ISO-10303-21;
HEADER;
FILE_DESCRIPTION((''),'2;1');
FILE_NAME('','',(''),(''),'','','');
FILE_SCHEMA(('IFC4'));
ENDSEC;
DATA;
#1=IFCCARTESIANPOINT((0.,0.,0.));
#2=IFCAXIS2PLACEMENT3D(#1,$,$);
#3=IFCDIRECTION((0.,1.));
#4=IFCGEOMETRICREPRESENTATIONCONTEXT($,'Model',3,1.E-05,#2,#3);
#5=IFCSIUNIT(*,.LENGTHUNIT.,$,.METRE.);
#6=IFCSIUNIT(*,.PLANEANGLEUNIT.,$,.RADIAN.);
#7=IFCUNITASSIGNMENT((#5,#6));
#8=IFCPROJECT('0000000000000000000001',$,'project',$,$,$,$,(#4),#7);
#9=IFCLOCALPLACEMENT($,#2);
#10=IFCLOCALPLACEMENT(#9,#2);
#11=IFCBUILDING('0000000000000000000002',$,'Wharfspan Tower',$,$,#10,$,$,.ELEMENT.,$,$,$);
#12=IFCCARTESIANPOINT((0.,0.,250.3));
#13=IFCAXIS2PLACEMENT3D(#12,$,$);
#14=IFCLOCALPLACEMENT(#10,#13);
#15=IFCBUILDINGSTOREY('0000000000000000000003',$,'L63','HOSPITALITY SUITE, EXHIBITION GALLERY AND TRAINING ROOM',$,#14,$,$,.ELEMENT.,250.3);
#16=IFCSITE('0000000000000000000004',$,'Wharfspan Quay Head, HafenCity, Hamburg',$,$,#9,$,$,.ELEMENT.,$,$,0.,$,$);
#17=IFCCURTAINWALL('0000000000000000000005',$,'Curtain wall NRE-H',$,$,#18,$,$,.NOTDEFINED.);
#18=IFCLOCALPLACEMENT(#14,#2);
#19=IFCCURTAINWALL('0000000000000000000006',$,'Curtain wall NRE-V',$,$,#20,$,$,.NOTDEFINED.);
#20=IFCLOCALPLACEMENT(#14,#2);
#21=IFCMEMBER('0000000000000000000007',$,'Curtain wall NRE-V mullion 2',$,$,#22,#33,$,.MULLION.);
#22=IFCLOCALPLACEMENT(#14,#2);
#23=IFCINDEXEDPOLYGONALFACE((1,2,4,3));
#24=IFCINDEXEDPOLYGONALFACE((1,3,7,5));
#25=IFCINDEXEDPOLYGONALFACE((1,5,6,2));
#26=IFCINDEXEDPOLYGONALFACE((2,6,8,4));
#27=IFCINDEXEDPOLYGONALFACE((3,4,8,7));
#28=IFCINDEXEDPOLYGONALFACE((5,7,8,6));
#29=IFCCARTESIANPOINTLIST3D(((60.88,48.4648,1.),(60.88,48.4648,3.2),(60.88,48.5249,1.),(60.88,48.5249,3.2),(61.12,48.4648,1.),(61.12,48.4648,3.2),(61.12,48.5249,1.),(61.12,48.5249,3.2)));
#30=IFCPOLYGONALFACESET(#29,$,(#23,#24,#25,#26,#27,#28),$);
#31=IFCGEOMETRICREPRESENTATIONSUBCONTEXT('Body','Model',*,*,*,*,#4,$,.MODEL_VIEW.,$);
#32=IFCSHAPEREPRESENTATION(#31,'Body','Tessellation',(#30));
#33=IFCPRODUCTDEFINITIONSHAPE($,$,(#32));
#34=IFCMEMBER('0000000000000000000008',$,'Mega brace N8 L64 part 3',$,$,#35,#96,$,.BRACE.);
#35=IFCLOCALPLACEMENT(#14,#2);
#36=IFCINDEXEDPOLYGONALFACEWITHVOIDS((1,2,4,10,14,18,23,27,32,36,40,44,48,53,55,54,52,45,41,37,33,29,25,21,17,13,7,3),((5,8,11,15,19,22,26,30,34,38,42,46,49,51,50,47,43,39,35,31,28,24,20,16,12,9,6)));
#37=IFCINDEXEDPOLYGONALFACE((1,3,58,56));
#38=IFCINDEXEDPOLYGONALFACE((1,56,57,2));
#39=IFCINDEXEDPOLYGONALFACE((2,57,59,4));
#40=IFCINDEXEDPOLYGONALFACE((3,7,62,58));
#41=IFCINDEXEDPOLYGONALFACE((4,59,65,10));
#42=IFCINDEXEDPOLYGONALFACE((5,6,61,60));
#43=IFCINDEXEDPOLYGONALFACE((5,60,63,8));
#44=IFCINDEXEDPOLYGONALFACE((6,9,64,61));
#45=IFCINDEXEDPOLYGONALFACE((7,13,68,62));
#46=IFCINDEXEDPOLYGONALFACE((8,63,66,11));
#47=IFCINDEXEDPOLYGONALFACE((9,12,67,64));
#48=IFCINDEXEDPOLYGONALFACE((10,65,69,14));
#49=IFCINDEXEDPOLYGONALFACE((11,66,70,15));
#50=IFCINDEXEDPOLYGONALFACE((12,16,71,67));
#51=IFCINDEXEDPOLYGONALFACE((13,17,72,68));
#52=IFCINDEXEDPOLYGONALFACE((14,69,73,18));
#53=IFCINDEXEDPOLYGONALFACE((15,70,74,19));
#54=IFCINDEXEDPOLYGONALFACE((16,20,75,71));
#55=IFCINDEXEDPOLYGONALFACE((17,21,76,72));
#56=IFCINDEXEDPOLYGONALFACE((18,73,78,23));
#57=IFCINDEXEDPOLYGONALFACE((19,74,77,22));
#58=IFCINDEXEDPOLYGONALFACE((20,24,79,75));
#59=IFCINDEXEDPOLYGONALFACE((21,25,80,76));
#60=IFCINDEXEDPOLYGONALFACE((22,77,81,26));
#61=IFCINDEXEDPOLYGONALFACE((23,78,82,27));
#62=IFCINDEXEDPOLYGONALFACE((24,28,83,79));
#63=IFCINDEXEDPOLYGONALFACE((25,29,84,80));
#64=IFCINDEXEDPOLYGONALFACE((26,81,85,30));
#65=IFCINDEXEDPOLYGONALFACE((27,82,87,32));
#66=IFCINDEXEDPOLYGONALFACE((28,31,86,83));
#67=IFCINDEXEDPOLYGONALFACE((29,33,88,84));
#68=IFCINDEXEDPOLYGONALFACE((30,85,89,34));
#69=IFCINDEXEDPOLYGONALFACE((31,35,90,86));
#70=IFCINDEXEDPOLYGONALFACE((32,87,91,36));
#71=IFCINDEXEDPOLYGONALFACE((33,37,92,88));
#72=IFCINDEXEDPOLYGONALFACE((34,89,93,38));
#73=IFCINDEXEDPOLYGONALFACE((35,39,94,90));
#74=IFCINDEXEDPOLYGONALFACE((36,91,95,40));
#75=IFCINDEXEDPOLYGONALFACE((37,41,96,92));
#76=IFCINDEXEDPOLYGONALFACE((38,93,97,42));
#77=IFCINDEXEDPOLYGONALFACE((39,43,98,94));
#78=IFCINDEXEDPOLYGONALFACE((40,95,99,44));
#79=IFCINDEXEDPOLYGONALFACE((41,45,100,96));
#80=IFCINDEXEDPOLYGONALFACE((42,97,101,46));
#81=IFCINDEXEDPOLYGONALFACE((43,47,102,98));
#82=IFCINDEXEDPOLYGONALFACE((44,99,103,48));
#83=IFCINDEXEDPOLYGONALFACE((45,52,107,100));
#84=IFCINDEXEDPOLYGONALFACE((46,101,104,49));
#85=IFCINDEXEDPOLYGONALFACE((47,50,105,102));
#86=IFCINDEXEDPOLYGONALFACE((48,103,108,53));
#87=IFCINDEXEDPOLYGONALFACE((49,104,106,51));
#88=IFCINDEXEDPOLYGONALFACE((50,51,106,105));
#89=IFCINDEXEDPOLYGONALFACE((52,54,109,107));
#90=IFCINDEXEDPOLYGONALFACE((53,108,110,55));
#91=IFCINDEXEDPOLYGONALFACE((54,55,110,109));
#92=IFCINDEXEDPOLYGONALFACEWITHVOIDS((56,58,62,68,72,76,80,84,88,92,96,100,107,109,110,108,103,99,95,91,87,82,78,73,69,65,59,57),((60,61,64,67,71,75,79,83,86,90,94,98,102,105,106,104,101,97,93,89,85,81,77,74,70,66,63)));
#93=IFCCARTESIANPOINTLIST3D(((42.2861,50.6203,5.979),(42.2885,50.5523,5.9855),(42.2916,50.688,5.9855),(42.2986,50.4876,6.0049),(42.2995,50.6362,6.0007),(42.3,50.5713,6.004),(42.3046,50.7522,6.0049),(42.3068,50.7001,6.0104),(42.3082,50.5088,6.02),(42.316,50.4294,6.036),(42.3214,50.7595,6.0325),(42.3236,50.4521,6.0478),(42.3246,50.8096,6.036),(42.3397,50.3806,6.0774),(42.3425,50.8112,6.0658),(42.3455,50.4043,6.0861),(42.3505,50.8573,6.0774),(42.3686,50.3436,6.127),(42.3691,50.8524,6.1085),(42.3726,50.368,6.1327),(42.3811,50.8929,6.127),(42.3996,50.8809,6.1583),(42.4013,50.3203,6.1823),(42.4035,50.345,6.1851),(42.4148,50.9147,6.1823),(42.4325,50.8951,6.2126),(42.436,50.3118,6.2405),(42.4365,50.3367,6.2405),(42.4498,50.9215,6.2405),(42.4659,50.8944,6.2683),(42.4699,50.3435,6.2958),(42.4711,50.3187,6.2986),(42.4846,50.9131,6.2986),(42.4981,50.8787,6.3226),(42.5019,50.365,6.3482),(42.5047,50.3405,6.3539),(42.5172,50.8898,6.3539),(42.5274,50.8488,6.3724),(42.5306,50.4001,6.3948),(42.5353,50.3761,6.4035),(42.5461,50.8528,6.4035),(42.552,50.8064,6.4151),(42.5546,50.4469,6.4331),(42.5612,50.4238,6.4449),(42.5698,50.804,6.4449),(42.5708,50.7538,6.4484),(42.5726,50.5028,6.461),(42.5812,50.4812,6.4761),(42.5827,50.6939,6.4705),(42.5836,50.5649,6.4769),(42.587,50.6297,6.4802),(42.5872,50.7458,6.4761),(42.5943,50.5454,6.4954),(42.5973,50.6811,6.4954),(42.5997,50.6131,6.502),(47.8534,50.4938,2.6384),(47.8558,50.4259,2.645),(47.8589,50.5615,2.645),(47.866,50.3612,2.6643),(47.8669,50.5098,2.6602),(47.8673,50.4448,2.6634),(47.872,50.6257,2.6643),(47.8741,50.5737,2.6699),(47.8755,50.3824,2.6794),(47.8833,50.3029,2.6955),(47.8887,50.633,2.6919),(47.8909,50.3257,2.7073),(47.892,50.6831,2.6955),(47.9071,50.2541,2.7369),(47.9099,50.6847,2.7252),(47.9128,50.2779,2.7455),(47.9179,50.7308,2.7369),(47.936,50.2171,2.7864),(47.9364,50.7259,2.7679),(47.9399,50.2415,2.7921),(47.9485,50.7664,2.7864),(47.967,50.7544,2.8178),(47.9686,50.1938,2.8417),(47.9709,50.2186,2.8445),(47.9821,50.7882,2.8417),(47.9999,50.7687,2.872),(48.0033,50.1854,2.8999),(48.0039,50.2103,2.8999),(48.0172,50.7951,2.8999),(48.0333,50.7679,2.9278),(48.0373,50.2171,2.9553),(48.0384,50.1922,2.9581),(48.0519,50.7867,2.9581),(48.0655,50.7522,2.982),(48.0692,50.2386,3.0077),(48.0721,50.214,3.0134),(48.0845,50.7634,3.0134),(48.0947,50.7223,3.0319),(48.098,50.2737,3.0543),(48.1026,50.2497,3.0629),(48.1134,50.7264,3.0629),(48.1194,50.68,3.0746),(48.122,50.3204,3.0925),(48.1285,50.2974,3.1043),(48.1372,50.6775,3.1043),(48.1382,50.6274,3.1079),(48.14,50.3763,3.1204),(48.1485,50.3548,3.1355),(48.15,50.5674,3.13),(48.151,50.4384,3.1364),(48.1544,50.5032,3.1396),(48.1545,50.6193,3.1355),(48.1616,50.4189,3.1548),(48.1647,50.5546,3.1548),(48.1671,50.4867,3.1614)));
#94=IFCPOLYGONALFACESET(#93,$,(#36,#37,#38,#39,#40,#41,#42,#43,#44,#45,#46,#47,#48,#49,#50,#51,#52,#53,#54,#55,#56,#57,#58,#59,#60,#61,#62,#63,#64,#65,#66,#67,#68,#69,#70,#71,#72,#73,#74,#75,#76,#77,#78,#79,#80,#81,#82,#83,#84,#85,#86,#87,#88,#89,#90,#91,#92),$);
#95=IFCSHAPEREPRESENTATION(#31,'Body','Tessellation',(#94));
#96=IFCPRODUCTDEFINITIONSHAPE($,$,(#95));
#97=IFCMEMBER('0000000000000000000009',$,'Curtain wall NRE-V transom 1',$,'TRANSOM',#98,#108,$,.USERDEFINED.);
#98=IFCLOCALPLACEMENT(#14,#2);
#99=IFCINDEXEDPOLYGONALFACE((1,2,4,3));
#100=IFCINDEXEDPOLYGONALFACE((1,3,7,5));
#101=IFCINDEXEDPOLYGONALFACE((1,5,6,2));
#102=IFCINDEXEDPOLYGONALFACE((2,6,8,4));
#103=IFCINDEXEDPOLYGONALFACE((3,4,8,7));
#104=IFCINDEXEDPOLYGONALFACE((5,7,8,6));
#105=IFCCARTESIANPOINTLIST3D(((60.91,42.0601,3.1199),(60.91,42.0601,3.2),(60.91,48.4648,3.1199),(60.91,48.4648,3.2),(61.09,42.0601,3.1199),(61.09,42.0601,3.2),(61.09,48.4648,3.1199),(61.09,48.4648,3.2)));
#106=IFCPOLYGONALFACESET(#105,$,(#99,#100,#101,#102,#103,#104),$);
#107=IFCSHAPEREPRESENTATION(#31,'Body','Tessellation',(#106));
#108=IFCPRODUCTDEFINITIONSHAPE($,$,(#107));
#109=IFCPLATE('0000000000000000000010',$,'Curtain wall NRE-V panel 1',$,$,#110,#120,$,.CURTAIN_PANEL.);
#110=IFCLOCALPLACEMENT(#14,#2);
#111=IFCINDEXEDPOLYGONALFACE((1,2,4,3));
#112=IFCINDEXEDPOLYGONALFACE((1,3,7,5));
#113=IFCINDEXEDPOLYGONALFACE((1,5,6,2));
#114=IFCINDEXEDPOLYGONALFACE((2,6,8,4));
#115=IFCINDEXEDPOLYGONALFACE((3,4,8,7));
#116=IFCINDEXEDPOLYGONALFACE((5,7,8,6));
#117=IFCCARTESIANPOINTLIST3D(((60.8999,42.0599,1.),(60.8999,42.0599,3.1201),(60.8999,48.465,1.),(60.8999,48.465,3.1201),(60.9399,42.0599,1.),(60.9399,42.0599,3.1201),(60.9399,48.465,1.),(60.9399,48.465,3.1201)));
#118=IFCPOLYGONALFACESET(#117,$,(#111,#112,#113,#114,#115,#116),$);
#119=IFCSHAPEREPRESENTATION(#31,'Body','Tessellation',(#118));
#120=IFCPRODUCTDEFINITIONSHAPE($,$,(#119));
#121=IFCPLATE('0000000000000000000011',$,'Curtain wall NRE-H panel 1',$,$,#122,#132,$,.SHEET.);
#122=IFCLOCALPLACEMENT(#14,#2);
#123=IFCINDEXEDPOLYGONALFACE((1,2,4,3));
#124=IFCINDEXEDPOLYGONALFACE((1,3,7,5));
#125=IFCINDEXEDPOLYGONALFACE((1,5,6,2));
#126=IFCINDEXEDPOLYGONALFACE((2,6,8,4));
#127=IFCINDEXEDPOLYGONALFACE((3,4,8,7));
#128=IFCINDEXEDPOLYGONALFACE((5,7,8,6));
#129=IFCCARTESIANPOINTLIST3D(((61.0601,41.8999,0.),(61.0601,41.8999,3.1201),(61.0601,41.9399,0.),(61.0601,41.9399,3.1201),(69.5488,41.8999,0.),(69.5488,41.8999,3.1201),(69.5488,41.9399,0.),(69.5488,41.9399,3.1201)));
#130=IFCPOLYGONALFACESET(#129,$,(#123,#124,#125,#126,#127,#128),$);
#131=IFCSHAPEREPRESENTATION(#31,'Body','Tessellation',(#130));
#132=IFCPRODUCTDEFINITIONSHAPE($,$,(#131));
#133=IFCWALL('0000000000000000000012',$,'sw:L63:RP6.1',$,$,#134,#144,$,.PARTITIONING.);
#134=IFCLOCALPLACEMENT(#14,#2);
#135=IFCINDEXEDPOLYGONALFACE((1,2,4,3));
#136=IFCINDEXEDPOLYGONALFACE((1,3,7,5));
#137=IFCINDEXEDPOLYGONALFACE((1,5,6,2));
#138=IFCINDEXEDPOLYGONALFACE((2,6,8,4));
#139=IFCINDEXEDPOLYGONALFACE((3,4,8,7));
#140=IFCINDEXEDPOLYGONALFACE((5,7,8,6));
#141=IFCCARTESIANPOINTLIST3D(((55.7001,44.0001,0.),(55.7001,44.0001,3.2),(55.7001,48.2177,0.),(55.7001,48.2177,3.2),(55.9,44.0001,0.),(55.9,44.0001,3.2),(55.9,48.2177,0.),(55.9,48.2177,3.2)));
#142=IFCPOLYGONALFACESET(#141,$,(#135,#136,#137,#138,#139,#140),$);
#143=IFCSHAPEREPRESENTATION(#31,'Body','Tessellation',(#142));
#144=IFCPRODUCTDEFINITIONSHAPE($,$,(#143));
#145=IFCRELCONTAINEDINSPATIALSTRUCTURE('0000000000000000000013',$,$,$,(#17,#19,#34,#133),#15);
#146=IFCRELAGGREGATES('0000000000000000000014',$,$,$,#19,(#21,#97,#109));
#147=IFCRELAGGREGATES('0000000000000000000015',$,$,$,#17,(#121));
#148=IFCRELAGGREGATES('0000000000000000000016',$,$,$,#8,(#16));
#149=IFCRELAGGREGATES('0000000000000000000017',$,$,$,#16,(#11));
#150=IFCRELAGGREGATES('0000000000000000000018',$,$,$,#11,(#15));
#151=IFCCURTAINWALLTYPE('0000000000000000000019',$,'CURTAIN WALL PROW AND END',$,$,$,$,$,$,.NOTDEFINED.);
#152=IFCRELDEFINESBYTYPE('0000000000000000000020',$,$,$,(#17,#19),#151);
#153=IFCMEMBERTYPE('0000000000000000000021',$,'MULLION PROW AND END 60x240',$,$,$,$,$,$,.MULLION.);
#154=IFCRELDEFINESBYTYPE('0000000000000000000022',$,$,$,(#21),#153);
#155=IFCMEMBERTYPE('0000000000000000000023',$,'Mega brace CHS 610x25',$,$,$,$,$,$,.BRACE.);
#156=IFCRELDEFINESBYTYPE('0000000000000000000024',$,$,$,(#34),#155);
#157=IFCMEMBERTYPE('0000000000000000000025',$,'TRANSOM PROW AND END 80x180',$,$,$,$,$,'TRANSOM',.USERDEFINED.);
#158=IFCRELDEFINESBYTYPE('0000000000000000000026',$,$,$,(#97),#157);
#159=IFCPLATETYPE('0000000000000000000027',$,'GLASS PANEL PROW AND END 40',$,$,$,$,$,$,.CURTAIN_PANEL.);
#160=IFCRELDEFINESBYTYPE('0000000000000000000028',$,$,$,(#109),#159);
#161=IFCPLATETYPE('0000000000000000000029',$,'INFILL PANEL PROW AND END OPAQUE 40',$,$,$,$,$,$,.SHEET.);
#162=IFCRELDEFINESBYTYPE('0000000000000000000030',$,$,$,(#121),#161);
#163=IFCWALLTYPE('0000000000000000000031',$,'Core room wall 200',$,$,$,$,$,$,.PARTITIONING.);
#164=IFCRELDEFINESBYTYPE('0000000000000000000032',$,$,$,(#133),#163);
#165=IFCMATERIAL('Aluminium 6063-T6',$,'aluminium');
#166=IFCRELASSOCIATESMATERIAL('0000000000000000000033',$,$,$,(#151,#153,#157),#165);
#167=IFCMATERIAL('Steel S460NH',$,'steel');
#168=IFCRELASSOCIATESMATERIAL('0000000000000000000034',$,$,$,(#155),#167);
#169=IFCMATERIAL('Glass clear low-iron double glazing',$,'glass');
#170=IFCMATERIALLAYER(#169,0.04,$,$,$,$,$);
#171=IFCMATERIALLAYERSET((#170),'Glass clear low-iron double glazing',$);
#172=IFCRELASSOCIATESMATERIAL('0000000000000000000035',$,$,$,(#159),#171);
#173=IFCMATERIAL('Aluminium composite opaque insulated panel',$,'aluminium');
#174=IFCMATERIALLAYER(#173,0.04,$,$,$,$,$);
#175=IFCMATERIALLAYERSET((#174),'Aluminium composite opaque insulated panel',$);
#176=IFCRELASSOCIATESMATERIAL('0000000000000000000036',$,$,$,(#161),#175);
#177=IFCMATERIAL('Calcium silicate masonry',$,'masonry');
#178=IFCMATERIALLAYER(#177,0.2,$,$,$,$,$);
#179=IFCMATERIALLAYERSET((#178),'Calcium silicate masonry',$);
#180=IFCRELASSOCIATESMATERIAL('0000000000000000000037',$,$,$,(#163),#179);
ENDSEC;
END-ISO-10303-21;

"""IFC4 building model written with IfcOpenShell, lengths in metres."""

from ifc_helpers import new_model, si_unit, direction, frame, frame_2d, origin, origin_2d, place, context, subcontext, project, spatial, rectangle, hollow_circle, extrude, material, layer, layer_set, material_profile, profile_set, type_object, element, aggregate, save


model = new_model("IFC4")

# Units and contexts
model_context = context("Model", 3, precision=1e-05, world=origin(), true_north=direction((0.0, 1.0)))
body_context = subcontext(model_context, "Body", "Model", "MODEL_VIEW")
ifc_project = project(units=[si_unit("LENGTHUNIT", "METRE"), si_unit("PLANEANGLEUNIT", "RADIAN")], contexts=[model_context])

# Site, building, storey
site_placement = place(None, origin())
site = spatial("IfcSite", under=ifc_project, at=site_placement, Name="Wharfspan Quay Head, HafenCity, Hamburg", CompositionType="ELEMENT", RefElevation=0.0)
building_placement = place(site_placement, origin())
building = spatial("IfcBuilding", under=site, at=building_placement, Name="Wharfspan Tower", CompositionType="ELEMENT")
storey_placement = place(building_placement, frame((0.0, 0.0, 250.3)))
storey = spatial("IfcBuildingStorey", under=building, at=storey_placement, Name="L63", Description="HOSPITALITY SUITE, EXHIBITION GALLERY AND TRAINING ROOM", CompositionType="ELEMENT", Elevation=250.3)

# Curtain wall
ifc_material_1 = material(Name="Aluminium 6063-T6", Category="aluminium")
curtain_wall_type = type_object("IfcCurtainWallType", Name="CURTAIN WALL PROW AND END", PredefinedType="NOTDEFINED", material=ifc_material_1)
curtain_wall_1_placement = place(storey_placement, origin())
curtain_wall_1 = element("IfcCurtainWall", 1, at=curtain_wall_1_placement, inside=storey, type_object=curtain_wall_type, Name="Curtain wall NRE-H", PredefinedType="NOTDEFINED")
ifc_material_profile_1 = material_profile(ifc_material_1, rectangle(XDim=0.24, YDim=0.0601, at=origin_2d()))
ifc_profile_set_1 = profile_set([ifc_material_profile_1], Name="Aluminium 6063-T6")
member_type_1 = type_object("IfcMemberType", Name="MULLION PROW AND END 60x240", PredefinedType="MULLION", material=ifc_profile_set_1)

# Curtain wall, member
curtain_wall_2_placement = place(storey_placement, origin())
curtain_wall_2 = element("IfcCurtainWall", 2, at=curtain_wall_2_placement, inside=storey, type_object=curtain_wall_type, Name="Curtain wall NRE-V", PredefinedType="NOTDEFINED")
member_1_placement = place(storey_placement, frame((61.0, 48.4949, 1.0), z_axis=(0.0, 0.0, 1.0), x_axis=(-1.0, 0.0, 0.0)))
member_1 = element("IfcMember", 3, at=member_1_placement, type_object=member_type_1, Name="Curtain wall NRE-V mullion 2", PredefinedType="MULLION", context=body_context, shape_type="SweptSolid", body=[
    extrude(rectangle(XDim=0.24, YDim=0.0601, at=origin_2d()), origin(), (0.0, 0.0, 1.0), 2.2),
])

# Members
ifc_material_2 = material(Name="Steel S460NH", Category="steel")
ifc_material_profile_2 = material_profile(ifc_material_2, hollow_circle(Radius=0.3049, WallThickness=0.0249, at=origin_2d()))
ifc_profile_set_2 = profile_set([ifc_material_profile_2], Name="Steel S460NH")
member_type_2 = type_object("IfcMemberType", Name="Mega brace CHS 610x25", PredefinedType="BRACE", material=ifc_profile_set_2)
member_2_placement = place(storey_placement, frame((48.0103, 50.4902, 2.8999), z_axis=(-0.85732, 0.019474, 0.514415), x_axis=(-0.022708, -0.999746, 0.000002)))
element("IfcMember", 4, at=member_2_placement, inside=storey, type_object=member_type_2, Name="Mega brace N8 L64 part 3", PredefinedType="BRACE", context=body_context, shape_type="SweptSolid", body=[
    extrude(hollow_circle(Radius=0.3049, WallThickness=0.0249, at=origin_2d()), origin(), (0.0, 0.0, 1.0), 6.4939),
])
ifc_material_profile_3 = material_profile(ifc_material_1, rectangle(XDim=0.1799, YDim=0.0801, at=origin_2d()))
ifc_profile_set_3 = profile_set([ifc_material_profile_3], Name="Aluminium 6063-T6")
member_type_3 = type_object("IfcMemberType", Name="TRANSOM PROW AND END 80x180", ElementType="TRANSOM", PredefinedType="USERDEFINED", material=ifc_profile_set_3)
member_3_placement = place(storey_placement, frame((61.0, 42.0601, 3.1599), z_axis=(0.0, 1.0, 0.0), x_axis=(-1.0, 0.0, 0.0)))
member_3 = element("IfcMember", 5, at=member_3_placement, type_object=member_type_3, Name="Curtain wall NRE-V transom 1", ObjectType="TRANSOM", PredefinedType="USERDEFINED", context=body_context, shape_type="SweptSolid", body=[
    extrude(rectangle(XDim=0.1799, YDim=0.0801, at=origin_2d()), origin(), (0.0, 0.0, 1.0), 6.4048),
])

# Plates
ifc_material_3 = material(Name="Glass clear low-iron double glazing", Category="glass")
ifc_layer_1 = layer(ifc_material_3, 0.04)
ifc_layer_set_1 = layer_set([ifc_layer_1], Name="Glass clear low-iron double glazing")
plate_type_1 = type_object("IfcPlateType", Name="GLASS PANEL PROW AND END 40", PredefinedType="CURTAIN_PANEL", material=ifc_layer_set_1)
plate_1_placement = place(storey_placement, frame((60.9199, 45.2625, 1.0), z_axis=(0.0, 0.0, 1.0), x_axis=(0.0, 1.0, 0.0)))
plate_1 = element("IfcPlate", 6, at=plate_1_placement, type_object=plate_type_1, Name="Curtain wall NRE-V panel 1", PredefinedType="CURTAIN_PANEL", context=body_context, shape_type="SweptSolid", body=[
    extrude(rectangle(XDim=6.405, YDim=0.04, at=origin_2d()), origin(), (0.0, 0.0, 1.0), 2.1201),
])
aggregate(curtain_wall_2, [member_1, member_3, plate_1])
ifc_material_4 = material(Name="Aluminium composite opaque insulated panel", Category="aluminium")
ifc_layer_2 = layer(ifc_material_4, 0.04)
ifc_layer_set_2 = layer_set([ifc_layer_2], Name="Aluminium composite opaque insulated panel")
plate_type_2 = type_object("IfcPlateType", Name="INFILL PANEL PROW AND END OPAQUE 40", PredefinedType="SHEET", material=ifc_layer_set_2)
plate_2_placement = place(storey_placement, frame((65.3044, 41.9199, 0.0), z_axis=(0.0, 0.0, 1.0), x_axis=(-1.0, 0.0, 0.0)))
plate_2 = element("IfcPlate", 7, at=plate_2_placement, type_object=plate_type_2, Name="Curtain wall NRE-H panel 1", PredefinedType="SHEET", context=body_context, shape_type="SweptSolid", body=[
    extrude(rectangle(XDim=8.4888, YDim=0.04, at=origin_2d()), origin(), (0.0, 0.0, 1.0), 3.1201),
])
aggregate(curtain_wall_1, [plate_2])

# Wall
ifc_material_5 = material(Name="Calcium silicate masonry", Category="masonry")
ifc_layer_3 = layer(ifc_material_5, 0.2)
ifc_layer_set_3 = layer_set([ifc_layer_3], Name="Calcium silicate masonry")
wall_type_1 = type_object("IfcWallType", Name="Core room wall 200", PredefinedType="PARTITIONING", material=ifc_layer_set_3)
wall_1_placement = place(storey_placement, frame((55.8, 44.0, 0.0), z_axis=(0.0, 0.0, 1.0), x_axis=(0.0, 1.0, 0.0)))
element("IfcWall", 8, at=wall_1_placement, inside=storey, type_object=wall_type_1, Name="sw:L63:RP6.1", PredefinedType="PARTITIONING", context=body_context, shape_type="SweptSolid", body=[
    extrude(rectangle(XDim=4.2175, YDim=0.2, at=frame_2d((2.1089, 0.0))), origin(), (0.0, 0.0, 1.0), 3.2),
])

save(model, "model.ifc")
